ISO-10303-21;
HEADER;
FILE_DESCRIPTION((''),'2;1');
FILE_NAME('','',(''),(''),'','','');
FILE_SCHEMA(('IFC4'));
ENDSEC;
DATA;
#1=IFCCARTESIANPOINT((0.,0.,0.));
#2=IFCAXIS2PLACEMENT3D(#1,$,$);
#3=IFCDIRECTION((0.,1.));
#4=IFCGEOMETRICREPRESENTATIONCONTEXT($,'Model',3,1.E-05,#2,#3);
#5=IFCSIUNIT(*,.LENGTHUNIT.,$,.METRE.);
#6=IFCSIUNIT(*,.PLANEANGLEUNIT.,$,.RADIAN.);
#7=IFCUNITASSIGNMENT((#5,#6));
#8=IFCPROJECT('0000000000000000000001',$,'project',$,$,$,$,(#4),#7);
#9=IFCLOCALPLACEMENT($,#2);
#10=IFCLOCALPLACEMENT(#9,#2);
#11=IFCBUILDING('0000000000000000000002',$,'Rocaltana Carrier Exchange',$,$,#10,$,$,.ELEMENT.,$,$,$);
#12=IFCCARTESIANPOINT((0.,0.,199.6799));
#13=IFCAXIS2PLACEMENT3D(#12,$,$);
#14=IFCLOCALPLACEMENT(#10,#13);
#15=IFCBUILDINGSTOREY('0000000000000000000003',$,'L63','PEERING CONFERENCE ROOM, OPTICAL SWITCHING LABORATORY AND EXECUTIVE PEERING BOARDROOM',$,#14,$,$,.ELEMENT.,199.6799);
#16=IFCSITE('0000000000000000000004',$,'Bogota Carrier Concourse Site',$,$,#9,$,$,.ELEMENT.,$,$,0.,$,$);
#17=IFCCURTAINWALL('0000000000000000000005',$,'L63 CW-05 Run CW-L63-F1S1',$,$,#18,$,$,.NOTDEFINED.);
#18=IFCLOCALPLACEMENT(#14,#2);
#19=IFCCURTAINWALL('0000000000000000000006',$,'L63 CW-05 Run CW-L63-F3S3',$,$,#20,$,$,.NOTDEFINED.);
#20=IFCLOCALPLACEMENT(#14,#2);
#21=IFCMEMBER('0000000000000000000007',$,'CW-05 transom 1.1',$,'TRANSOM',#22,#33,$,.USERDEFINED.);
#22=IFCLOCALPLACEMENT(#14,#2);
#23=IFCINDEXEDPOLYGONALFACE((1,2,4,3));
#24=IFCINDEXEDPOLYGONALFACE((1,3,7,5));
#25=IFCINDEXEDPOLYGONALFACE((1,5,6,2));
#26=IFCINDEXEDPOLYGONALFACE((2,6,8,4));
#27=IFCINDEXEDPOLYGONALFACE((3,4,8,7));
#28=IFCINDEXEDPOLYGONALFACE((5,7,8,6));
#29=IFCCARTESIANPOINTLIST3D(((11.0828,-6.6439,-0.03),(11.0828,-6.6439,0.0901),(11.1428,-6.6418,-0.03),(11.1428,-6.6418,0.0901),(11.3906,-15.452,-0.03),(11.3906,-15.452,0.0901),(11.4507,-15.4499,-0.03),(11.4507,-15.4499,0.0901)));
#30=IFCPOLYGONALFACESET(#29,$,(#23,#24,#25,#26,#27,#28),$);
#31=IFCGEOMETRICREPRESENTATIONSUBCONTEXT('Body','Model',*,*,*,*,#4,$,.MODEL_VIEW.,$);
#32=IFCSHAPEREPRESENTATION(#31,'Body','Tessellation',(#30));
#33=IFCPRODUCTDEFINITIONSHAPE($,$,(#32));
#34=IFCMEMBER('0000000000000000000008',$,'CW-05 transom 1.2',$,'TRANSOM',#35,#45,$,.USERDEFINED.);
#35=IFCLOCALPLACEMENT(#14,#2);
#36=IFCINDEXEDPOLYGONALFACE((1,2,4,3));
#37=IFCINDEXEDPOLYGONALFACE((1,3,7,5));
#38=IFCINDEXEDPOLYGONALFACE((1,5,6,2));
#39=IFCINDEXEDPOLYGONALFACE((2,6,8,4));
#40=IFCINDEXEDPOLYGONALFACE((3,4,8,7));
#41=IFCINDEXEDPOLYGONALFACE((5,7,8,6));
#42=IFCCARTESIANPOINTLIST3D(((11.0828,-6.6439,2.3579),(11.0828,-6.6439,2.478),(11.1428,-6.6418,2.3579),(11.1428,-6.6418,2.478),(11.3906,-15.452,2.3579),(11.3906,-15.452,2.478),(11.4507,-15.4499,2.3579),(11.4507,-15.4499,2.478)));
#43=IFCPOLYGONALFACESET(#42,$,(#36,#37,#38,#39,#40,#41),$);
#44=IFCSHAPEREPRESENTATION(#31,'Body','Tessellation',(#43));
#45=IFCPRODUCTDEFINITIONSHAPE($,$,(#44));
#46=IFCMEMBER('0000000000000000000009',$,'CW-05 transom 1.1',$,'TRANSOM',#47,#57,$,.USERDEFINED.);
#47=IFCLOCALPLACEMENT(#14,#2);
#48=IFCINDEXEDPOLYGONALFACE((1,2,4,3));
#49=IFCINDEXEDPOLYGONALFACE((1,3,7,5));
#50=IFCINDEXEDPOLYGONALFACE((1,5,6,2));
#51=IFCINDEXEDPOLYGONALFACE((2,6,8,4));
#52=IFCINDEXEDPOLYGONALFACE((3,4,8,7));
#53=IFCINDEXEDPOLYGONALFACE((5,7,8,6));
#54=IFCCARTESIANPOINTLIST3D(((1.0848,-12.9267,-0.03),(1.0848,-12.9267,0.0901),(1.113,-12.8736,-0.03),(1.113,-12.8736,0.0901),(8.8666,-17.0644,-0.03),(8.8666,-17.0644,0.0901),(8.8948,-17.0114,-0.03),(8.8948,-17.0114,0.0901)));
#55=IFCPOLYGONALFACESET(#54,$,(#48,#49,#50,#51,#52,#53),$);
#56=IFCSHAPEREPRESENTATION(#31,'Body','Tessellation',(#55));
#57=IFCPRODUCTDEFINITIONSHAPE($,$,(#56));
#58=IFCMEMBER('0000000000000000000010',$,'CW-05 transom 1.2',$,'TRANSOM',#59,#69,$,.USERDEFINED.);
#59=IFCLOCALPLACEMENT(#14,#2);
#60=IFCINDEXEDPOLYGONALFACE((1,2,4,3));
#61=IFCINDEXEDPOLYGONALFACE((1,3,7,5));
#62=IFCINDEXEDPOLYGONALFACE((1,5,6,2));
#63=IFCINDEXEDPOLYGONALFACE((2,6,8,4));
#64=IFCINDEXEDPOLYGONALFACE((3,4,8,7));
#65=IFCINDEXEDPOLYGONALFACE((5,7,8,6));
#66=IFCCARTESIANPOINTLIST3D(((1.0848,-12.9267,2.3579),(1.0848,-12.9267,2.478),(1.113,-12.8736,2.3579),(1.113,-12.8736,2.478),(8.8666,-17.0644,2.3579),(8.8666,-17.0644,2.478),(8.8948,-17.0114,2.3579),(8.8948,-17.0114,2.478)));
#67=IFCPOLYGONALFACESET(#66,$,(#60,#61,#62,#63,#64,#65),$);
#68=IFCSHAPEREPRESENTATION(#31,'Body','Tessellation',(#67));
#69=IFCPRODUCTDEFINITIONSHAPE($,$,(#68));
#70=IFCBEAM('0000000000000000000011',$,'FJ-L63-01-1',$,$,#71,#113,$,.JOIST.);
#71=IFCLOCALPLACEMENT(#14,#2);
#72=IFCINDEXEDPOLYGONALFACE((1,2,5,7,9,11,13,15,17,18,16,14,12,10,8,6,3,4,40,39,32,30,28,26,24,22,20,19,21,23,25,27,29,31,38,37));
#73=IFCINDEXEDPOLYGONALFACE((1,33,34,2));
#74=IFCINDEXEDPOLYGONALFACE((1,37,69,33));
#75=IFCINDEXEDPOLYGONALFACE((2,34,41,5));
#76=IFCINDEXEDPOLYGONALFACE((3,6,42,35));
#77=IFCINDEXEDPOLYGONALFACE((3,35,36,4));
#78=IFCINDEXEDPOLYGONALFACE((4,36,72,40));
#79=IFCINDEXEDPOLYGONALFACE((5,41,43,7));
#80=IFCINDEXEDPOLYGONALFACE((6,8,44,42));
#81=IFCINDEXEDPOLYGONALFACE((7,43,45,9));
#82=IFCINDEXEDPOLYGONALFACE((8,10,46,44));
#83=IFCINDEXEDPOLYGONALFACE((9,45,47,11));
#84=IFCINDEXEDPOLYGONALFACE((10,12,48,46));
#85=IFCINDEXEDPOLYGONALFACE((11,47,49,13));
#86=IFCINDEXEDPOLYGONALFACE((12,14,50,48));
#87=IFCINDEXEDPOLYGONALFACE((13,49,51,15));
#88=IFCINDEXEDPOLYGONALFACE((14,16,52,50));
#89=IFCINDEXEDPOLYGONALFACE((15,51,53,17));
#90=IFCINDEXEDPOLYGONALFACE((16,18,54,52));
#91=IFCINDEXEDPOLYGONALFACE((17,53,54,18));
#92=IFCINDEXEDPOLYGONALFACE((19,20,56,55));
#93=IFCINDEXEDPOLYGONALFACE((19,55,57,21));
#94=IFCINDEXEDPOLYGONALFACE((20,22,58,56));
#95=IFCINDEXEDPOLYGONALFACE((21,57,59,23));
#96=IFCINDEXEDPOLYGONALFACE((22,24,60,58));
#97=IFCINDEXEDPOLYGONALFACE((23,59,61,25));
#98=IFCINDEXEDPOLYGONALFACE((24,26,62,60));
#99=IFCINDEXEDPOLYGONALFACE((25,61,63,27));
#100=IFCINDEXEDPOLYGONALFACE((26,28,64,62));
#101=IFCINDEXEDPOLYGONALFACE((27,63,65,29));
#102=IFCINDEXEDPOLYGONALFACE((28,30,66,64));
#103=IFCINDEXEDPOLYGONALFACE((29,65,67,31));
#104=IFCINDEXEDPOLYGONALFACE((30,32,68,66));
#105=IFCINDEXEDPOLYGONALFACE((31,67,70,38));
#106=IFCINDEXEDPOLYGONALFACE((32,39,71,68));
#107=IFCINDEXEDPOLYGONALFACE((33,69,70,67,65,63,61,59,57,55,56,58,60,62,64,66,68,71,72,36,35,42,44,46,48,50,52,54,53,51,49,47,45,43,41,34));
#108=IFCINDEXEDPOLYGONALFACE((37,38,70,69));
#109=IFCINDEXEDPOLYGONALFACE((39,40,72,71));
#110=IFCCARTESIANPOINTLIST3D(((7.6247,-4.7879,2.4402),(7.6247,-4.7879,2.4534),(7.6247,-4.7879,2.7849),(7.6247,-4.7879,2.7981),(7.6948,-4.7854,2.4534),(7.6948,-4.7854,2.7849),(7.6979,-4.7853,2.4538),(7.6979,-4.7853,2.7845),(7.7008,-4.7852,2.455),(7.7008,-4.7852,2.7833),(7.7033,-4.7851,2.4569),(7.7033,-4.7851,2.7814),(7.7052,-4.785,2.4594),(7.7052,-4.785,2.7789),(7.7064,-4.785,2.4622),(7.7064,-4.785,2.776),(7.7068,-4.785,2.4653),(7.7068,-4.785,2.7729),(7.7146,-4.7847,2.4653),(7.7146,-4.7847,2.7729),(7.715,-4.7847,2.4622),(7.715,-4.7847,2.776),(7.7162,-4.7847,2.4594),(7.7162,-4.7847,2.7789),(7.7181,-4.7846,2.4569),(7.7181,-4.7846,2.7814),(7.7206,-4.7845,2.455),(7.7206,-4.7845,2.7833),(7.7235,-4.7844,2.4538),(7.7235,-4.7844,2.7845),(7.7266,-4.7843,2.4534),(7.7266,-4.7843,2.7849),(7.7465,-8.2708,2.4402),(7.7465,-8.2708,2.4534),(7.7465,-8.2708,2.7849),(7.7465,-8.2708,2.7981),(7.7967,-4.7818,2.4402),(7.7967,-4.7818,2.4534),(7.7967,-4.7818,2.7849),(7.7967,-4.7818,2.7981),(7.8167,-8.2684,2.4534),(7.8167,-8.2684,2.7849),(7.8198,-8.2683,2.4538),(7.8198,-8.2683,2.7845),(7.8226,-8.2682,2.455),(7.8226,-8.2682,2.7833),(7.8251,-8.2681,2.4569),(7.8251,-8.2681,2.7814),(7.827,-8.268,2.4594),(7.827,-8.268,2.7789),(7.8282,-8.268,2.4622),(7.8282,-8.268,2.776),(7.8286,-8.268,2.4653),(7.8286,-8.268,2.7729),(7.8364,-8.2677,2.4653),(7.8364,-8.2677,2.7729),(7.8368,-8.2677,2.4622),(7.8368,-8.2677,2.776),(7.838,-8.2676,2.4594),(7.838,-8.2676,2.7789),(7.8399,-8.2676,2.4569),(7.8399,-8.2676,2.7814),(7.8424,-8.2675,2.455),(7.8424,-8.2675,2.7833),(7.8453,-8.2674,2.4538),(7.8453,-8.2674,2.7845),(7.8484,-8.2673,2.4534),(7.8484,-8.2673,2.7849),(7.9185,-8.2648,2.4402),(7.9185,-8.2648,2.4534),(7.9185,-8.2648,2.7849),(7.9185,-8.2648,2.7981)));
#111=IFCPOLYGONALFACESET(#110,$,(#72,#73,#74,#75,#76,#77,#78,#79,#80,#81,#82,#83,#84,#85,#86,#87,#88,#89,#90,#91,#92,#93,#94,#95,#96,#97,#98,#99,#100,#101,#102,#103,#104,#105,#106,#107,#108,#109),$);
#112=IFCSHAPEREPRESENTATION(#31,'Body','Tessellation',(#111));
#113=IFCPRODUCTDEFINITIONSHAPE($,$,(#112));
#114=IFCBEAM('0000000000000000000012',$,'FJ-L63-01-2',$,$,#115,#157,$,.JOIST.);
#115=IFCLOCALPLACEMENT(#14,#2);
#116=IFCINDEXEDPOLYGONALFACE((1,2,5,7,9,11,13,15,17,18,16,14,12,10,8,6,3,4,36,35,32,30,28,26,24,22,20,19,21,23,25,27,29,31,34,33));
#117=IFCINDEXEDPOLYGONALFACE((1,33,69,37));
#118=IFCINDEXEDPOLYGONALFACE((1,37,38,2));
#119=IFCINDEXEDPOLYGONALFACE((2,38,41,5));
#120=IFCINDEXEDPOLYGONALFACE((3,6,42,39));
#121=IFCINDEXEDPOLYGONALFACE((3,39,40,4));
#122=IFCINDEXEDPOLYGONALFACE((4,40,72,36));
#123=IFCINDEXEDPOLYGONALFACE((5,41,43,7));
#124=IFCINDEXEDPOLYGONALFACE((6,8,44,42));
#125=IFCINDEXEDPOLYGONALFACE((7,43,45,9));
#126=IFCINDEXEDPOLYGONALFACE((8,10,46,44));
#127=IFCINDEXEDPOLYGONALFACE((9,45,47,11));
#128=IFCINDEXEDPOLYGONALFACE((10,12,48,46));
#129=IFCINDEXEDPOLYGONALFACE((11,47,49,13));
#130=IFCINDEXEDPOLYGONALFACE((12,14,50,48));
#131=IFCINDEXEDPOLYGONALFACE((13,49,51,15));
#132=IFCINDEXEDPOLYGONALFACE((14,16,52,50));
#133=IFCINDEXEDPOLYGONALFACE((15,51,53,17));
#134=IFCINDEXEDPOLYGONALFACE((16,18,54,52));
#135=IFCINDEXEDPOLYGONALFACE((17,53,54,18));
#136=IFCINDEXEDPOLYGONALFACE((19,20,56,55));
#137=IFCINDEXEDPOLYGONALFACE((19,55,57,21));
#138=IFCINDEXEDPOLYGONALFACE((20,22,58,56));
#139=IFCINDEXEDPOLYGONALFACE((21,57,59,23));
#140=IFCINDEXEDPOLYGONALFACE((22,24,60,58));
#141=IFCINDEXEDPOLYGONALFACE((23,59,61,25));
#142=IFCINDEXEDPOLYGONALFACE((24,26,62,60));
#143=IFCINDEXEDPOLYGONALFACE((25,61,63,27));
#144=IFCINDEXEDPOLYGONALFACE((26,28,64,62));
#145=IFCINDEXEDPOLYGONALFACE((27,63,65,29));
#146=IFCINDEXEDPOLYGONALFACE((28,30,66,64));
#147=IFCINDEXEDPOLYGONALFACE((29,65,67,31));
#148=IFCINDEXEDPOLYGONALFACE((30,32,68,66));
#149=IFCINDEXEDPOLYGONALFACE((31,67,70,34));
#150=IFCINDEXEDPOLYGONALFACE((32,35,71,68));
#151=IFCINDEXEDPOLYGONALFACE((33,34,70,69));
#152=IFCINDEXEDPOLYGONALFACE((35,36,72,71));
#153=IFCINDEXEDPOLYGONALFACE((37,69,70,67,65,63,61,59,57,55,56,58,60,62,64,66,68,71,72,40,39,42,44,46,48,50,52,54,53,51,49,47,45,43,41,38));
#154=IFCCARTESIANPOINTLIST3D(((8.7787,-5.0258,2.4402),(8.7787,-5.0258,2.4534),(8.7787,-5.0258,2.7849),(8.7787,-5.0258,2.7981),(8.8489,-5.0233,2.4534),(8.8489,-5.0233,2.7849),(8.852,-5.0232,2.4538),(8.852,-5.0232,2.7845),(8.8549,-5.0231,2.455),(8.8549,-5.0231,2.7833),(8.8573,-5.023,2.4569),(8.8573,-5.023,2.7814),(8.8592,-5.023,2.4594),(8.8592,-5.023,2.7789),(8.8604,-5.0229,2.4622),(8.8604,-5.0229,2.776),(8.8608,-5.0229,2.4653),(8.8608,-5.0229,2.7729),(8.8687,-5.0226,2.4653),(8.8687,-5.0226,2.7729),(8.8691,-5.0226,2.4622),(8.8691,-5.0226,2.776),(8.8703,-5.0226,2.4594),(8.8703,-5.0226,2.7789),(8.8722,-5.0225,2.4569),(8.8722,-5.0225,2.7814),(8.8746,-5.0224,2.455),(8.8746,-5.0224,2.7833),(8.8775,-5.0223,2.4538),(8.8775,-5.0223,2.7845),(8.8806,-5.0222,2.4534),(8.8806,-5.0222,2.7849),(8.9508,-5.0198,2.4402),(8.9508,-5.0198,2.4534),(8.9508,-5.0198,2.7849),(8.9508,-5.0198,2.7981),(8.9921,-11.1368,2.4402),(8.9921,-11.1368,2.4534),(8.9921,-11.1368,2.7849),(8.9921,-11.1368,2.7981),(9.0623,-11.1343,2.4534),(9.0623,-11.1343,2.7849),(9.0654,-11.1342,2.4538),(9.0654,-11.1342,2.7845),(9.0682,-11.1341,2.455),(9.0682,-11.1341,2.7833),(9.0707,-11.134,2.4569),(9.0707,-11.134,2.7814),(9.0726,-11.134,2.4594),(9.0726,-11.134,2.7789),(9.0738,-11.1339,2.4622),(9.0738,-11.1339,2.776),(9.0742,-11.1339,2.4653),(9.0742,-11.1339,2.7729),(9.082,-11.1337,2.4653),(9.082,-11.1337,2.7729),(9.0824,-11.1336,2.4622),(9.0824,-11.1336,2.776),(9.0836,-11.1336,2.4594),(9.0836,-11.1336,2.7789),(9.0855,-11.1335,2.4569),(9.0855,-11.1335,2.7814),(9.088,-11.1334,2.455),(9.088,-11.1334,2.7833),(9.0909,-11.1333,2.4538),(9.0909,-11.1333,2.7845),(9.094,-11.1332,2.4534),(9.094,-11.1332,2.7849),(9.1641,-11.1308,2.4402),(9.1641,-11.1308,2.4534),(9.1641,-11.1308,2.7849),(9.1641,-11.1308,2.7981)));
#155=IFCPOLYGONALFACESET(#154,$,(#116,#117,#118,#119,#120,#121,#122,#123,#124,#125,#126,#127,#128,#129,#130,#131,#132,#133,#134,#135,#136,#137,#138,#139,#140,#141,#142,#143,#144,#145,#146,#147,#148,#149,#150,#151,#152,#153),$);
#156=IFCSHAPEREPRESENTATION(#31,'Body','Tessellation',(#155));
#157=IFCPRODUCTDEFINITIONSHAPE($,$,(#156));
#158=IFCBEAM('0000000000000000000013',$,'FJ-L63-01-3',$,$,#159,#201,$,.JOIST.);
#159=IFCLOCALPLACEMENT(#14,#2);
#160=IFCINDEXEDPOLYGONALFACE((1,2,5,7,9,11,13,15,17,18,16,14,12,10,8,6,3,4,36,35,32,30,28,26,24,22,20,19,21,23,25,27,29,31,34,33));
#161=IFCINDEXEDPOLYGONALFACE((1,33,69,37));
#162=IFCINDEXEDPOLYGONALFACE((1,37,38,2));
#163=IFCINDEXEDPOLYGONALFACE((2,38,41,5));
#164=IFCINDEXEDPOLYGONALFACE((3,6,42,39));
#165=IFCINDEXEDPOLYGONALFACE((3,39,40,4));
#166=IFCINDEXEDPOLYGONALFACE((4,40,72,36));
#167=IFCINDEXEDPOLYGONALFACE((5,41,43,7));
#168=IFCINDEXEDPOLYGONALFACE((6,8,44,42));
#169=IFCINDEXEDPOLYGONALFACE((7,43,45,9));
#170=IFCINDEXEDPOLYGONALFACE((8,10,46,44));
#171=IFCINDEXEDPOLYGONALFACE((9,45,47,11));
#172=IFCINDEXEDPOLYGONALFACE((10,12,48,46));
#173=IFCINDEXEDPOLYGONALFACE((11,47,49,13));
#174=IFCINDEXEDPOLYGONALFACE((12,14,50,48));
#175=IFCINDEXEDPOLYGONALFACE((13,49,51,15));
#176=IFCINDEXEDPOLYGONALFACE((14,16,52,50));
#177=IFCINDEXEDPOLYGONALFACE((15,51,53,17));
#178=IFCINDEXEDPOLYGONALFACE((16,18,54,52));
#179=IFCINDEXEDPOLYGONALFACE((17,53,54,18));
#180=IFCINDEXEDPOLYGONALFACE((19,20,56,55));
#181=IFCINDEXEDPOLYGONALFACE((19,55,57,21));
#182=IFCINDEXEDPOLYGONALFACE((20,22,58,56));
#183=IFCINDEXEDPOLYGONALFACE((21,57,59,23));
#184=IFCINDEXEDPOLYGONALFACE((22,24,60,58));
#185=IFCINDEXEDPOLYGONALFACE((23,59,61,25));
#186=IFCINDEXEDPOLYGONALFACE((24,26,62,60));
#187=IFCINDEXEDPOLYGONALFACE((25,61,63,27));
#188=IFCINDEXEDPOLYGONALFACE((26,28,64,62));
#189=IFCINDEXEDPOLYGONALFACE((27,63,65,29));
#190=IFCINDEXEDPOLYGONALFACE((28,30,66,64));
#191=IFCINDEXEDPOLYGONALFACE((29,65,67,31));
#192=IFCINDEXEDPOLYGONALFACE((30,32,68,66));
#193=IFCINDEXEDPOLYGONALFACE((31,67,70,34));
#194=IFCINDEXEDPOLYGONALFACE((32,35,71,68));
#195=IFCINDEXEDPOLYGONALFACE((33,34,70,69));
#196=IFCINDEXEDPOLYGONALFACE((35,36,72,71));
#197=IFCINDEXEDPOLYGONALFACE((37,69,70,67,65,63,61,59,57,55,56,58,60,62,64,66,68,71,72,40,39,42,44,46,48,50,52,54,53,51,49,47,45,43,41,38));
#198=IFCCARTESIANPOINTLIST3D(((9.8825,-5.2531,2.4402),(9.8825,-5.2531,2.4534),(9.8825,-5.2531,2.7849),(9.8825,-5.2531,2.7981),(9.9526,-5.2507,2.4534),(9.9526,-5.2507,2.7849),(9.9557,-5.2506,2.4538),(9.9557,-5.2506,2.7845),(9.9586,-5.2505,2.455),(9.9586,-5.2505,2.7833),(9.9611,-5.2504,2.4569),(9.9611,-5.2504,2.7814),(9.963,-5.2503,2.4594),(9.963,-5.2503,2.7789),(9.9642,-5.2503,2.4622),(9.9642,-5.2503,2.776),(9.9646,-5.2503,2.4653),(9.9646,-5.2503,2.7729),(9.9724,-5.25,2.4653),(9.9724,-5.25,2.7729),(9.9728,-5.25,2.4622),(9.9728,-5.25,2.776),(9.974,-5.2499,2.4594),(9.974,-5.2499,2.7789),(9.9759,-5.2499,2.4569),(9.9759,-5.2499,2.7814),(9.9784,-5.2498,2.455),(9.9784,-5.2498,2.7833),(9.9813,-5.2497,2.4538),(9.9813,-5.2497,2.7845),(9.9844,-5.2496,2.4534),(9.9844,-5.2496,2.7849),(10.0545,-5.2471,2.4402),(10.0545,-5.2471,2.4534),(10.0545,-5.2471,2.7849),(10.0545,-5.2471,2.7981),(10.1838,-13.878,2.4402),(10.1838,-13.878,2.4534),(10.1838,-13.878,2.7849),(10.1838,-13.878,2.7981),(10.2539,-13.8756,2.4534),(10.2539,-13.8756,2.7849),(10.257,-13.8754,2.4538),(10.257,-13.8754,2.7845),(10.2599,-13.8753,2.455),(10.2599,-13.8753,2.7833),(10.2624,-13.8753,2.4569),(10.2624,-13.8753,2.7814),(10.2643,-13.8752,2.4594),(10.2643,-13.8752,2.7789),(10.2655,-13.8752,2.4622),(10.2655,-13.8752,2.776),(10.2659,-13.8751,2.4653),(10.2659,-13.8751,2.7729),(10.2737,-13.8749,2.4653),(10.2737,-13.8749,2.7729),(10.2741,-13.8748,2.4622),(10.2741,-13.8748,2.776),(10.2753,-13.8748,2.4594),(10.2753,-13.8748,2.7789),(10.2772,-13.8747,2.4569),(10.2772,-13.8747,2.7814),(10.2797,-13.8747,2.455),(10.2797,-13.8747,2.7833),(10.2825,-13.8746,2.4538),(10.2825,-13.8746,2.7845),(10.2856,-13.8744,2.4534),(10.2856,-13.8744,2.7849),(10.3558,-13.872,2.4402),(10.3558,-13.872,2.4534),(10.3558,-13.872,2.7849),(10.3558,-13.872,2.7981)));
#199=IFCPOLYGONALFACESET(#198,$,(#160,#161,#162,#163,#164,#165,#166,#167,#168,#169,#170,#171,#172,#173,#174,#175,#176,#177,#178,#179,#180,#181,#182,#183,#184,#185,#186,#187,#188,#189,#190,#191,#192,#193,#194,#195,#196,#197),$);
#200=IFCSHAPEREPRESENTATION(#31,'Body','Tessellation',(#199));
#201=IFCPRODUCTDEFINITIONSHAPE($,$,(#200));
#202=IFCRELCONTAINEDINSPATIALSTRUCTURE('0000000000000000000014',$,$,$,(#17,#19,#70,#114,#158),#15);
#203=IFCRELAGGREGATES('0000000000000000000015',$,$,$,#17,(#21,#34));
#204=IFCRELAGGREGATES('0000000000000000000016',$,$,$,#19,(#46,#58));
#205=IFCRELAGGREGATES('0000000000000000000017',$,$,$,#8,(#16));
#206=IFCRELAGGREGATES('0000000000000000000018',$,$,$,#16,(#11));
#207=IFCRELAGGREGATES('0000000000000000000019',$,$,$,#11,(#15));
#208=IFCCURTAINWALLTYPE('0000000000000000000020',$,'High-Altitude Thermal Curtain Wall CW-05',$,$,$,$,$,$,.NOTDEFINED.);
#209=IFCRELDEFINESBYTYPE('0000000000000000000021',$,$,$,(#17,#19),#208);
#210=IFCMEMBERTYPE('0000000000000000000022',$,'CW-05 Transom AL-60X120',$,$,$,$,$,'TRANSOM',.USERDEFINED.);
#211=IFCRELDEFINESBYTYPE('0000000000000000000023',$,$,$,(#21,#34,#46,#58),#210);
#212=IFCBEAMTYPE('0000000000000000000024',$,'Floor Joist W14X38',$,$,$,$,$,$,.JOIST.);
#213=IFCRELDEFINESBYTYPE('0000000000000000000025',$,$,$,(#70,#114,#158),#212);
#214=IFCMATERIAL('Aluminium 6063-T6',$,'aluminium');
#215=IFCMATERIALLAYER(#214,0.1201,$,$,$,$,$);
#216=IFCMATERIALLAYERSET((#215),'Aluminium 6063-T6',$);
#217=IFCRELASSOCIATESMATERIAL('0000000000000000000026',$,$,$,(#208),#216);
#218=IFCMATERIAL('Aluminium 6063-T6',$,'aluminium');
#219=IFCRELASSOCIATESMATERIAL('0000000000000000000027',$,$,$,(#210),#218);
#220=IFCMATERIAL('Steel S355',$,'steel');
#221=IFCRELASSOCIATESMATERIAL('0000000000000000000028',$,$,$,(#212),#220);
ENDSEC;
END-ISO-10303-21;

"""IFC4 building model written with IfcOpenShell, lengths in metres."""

from ifc_helpers import new_model, si_unit, direction, frame, origin, origin_2d, place, context, subcontext, project, spatial, rectangle, i_section, extrude, material, layer, layer_set, material_profile, profile_set, type_object, element, aggregate, save


model = new_model("IFC4")

# Units and contexts
model_context = context("Model", 3, precision=1e-05, world=origin(), true_north=direction((0.0, 1.0)))
body_context = subcontext(model_context, "Body", "Model", "MODEL_VIEW")
ifc_project = project(units=[si_unit("LENGTHUNIT", "METRE"), si_unit("PLANEANGLEUNIT", "RADIAN")], contexts=[model_context])

# Site, building, storey
site_placement = place(None, origin())
site = spatial("IfcSite", under=ifc_project, at=site_placement, Name="Bogota Carrier Concourse Site", CompositionType="ELEMENT", RefElevation=0.0)
building_placement = place(site_placement, origin())
building = spatial("IfcBuilding", under=site, at=building_placement, Name="Rocaltana Carrier Exchange", CompositionType="ELEMENT")
storey_placement = place(building_placement, frame((0.0, 0.0, 199.6799)))
storey = spatial("IfcBuildingStorey", under=building, at=storey_placement, Name="L63", Description="PEERING CONFERENCE ROOM, OPTICAL SWITCHING LABORATORY AND EXECUTIVE PEERING BOARDROOM", CompositionType="ELEMENT", Elevation=199.6799)

# Curtain walls
ifc_material_1 = material(Name="Aluminium 6063-T6", Category="aluminium")
ifc_layer_1 = layer(ifc_material_1, 0.1201)
ifc_layer_set_1 = layer_set([ifc_layer_1], Name="Aluminium 6063-T6")
curtain_wall_type = type_object("IfcCurtainWallType", Name="High-Altitude Thermal Curtain Wall CW-05", PredefinedType="NOTDEFINED", material=ifc_layer_set_1)
curtain_wall_1_placement = place(storey_placement, origin())
curtain_wall_1 = element("IfcCurtainWall", 1, at=curtain_wall_1_placement, inside=storey, type_object=curtain_wall_type, Name="L63 CW-05 Run CW-L63-F1S1", PredefinedType="NOTDEFINED")
curtain_wall_2_placement = place(storey_placement, origin())
curtain_wall_2 = element("IfcCurtainWall", 2, at=curtain_wall_2_placement, inside=storey, type_object=curtain_wall_type, Name="L63 CW-05 Run CW-L63-F3S3", PredefinedType="NOTDEFINED")

# Members
ifc_material_2 = material(Name="Aluminium 6063-T6", Category="aluminium")
ifc_material_profile_1 = material_profile(ifc_material_2, rectangle(XDim=0.0601, YDim=0.1201, at=origin_2d()), Name="AL-60X120")
ifc_profile_set_1 = profile_set([ifc_material_profile_1], Name="Aluminium 6063-T6")
member_type_1 = type_object("IfcMemberType", Name="CW-05 Transom AL-60X120", ElementType="TRANSOM", PredefinedType="USERDEFINED", material=ifc_profile_set_1)
member_1_placement = place(storey_placement, frame((11.4207, -15.4509, 0.03), z_axis=(-0.034931, 0.99939, 0.0), x_axis=(-0.99939, -0.034931, 0.0)))
member_1 = element("IfcMember", 3, at=member_1_placement, type_object=member_type_1, Name="CW-05 transom 1.1", ObjectType="TRANSOM", PredefinedType="USERDEFINED", context=body_context, shape_type="SweptSolid", body=[
    extrude(rectangle(XDim=0.0601, YDim=0.1201, at=origin_2d()), origin(), (0.0, 0.0, 1.0), 8.8135),
])
member_2_placement = place(storey_placement, frame((11.4207, -15.4509, 2.418), z_axis=(-0.034931, 0.99939, 0.0), x_axis=(-0.99939, -0.034931, 0.0)))
member_2 = element("IfcMember", 4, at=member_2_placement, type_object=member_type_1, Name="CW-05 transom 1.2", ObjectType="TRANSOM", PredefinedType="USERDEFINED", context=body_context, shape_type="SweptSolid", body=[
    extrude(rectangle(XDim=0.0601, YDim=0.1201, at=origin_2d()), origin(), (0.0, 0.0, 1.0), 8.8135),
])
member_3_placement = place(storey_placement, frame((1.0989, -12.9001, 0.03), z_axis=(0.882944, -0.469478, 0.0), x_axis=(0.469478, 0.882944, 0.0)))
member_3 = element("IfcMember", 5, at=member_3_placement, type_object=member_type_1, Name="CW-05 transom 1.1", ObjectType="TRANSOM", PredefinedType="USERDEFINED", context=body_context, shape_type="SweptSolid", body=[
    extrude(rectangle(XDim=0.0601, YDim=0.1201, at=origin_2d()), origin(), (0.0, 0.0, 1.0), 8.8135),
])
member_4_placement = place(storey_placement, frame((1.0989, -12.9001, 2.418), z_axis=(0.882944, -0.469478, 0.0), x_axis=(0.469478, 0.882944, 0.0)))
member_4 = element("IfcMember", 6, at=member_4_placement, type_object=member_type_1, Name="CW-05 transom 1.2", ObjectType="TRANSOM", PredefinedType="USERDEFINED", context=body_context, shape_type="SweptSolid", body=[
    extrude(rectangle(XDim=0.0601, YDim=0.1201, at=origin_2d()), origin(), (0.0, 0.0, 1.0), 8.8135),
])

# Beams
ifc_material_3 = material(Name="Steel S355", Category="steel")
ifc_material_profile_2 = material_profile(ifc_material_3, i_section(OverallWidth=0.1721, OverallDepth=0.3579, WebThickness=0.0078, FlangeThickness=0.0132, FilletRadius=0.012, at=origin_2d()), Name="W14X38")
ifc_profile_set_2 = profile_set([ifc_material_profile_2], Name="Steel S355")
beam_type_1 = type_object("IfcBeamType", Name="Floor Joist W14X38", PredefinedType="JOIST", material=ifc_profile_set_2)
beam_1_placement = place(storey_placement, frame((7.8325, -8.2678, 2.6191), z_axis=(-0.034957, 0.999389, 0.0), x_axis=(-0.999389, -0.034957, 0.0)))
element("IfcBeam", 7, at=beam_1_placement, inside=storey, type_object=beam_type_1, Name="FJ-L63-01-1", PredefinedType="JOIST", context=body_context, shape_type="SweptSolid", body=[
    extrude(i_section(OverallWidth=0.1721, OverallDepth=0.3579, WebThickness=0.0078, FlangeThickness=0.0132, FilletRadius=0.012, at=origin_2d()), origin(), (0.0, 0.0, 1.0), 3.4851),
])
beam_2_placement = place(storey_placement, frame((9.0781, -11.1338, 2.6191), z_axis=(-0.034895, 0.999391, 0.0), x_axis=(-0.999391, -0.034895, 0.0)))
element("IfcBeam", 8, at=beam_2_placement, inside=storey, type_object=beam_type_1, Name="FJ-L63-01-2", PredefinedType="JOIST", context=body_context, shape_type="SweptSolid", body=[
    extrude(i_section(OverallWidth=0.1721, OverallDepth=0.3579, WebThickness=0.0078, FlangeThickness=0.0132, FilletRadius=0.012, at=origin_2d()), origin(), (0.0, 0.0, 1.0), 6.1147),
])
beam_3_placement = place(storey_placement, frame((10.2698, -13.875, 2.6191), z_axis=(-0.034909, 0.99939, 0.0), x_axis=(-0.99939, -0.034909, 0.0)))
element("IfcBeam", 9, at=beam_3_placement, inside=storey, type_object=beam_type_1, Name="FJ-L63-01-3", PredefinedType="JOIST", context=body_context, shape_type="SweptSolid", body=[
    extrude(i_section(OverallWidth=0.1721, OverallDepth=0.3579, WebThickness=0.0078, FlangeThickness=0.0132, FilletRadius=0.012, at=origin_2d()), origin(), (0.0, 0.0, 1.0), 8.6301),
])

aggregate(curtain_wall_1, [member_1, member_2])
aggregate(curtain_wall_2, [member_3, member_4])

save(model, "model.ifc")
